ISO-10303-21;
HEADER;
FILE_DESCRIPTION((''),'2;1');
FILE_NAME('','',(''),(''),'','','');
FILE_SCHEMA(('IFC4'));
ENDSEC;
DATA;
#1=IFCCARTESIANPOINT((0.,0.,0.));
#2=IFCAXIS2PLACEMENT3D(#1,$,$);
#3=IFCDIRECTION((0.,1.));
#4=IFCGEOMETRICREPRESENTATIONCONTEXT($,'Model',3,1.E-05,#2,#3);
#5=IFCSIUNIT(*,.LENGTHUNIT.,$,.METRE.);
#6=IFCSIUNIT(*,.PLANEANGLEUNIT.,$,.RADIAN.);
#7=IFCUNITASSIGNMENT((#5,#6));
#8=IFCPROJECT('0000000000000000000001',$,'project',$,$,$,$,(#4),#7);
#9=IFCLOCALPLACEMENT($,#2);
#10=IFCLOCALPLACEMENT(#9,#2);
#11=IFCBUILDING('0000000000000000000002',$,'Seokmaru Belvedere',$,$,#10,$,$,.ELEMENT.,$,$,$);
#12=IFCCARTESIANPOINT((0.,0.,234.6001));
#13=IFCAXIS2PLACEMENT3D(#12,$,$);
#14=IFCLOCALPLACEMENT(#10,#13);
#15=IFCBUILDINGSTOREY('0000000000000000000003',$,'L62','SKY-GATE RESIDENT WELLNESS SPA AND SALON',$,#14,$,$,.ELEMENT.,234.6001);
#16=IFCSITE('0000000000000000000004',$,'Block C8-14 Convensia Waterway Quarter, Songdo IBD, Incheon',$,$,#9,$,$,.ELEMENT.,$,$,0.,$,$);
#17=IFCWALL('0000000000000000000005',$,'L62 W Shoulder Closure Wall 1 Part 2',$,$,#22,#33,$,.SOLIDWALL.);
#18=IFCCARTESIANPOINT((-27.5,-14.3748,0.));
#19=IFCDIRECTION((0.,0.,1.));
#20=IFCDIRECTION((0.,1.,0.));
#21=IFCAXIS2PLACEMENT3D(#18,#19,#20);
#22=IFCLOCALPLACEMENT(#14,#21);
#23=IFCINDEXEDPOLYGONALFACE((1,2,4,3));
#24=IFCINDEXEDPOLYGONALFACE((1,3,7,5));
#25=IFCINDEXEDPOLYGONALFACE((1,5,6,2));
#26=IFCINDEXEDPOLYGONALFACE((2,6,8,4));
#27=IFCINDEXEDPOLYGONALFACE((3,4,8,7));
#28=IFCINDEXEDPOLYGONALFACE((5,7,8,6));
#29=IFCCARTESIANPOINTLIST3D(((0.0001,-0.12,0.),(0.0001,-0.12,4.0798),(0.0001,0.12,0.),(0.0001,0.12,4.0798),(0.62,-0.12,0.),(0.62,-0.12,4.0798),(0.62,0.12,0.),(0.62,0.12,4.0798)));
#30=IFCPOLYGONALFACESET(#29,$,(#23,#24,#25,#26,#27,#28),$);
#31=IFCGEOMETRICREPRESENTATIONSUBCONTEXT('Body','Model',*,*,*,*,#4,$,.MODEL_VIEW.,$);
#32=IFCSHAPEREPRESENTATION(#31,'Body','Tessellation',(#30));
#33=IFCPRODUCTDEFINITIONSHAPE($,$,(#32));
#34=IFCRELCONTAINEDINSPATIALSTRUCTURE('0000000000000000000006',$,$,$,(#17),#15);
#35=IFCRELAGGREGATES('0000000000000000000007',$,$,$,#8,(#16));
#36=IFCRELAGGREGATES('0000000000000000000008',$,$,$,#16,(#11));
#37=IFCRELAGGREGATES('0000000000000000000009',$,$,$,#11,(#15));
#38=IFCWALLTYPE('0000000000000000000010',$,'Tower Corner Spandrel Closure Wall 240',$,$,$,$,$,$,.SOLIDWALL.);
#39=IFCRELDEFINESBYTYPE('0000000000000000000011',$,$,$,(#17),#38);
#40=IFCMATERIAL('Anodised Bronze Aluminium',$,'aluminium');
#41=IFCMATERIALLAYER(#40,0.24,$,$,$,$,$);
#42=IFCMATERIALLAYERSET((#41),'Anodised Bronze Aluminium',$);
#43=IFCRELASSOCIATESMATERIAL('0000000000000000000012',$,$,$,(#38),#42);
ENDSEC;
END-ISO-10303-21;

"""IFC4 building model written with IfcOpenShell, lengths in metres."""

from ifc_helpers import new_model, si_unit, direction, frame, frame_2d, origin, place, context, subcontext, project, spatial, rectangle, extrude, material, layer, layer_set, type_object, element, save


model = new_model("IFC4")

# Units and contexts
model_context = context("Model", 3, precision=1e-05, world=origin(), true_north=direction((0.0, 1.0)))
body_context = subcontext(model_context, "Body", "Model", "MODEL_VIEW")
ifc_project = project(units=[si_unit("LENGTHUNIT", "METRE"), si_unit("PLANEANGLEUNIT", "RADIAN")], contexts=[model_context])

# Site, building, storey
site_placement = place(None, origin())
site = spatial("IfcSite", under=ifc_project, at=site_placement, Name="Block C8-14 Convensia Waterway Quarter, Songdo IBD, Incheon", CompositionType="ELEMENT", RefElevation=0.0)
building_placement = place(site_placement, origin())
building = spatial("IfcBuilding", under=site, at=building_placement, Name="Seokmaru Belvedere", CompositionType="ELEMENT")
storey_placement = place(building_placement, frame((0.0, 0.0, 234.6001)))
storey = spatial("IfcBuildingStorey", under=building, at=storey_placement, Name="L62", Description="SKY-GATE RESIDENT WELLNESS SPA AND SALON", CompositionType="ELEMENT", Elevation=234.6001)

# Shared definitions
ifc_material_1 = material(Name="Anodised Bronze Aluminium", Category="aluminium")

# Wall
ifc_layer_1 = layer(ifc_material_1, 0.24)
ifc_layer_set_1 = layer_set([ifc_layer_1], Name="Anodised Bronze Aluminium")
wall_type_1 = type_object("IfcWallType", Name="Tower Corner Spandrel Closure Wall 240", PredefinedType="SOLIDWALL", material=ifc_layer_set_1)
wall_1_placement = place(storey_placement, frame((-27.5, -14.3748, 0.0), z_axis=(0.0, 0.0, 1.0), x_axis=(0.0, 1.0, 0.0)))
element("IfcWall", 1, at=wall_1_placement, inside=storey, type_object=wall_type_1, Name="L62 W Shoulder Closure Wall 1 Part 2", PredefinedType="SOLIDWALL", context=body_context, shape_type="SweptSolid", body=[
    extrude(rectangle(XDim=0.6199, YDim=0.24, at=frame_2d((0.3101, 0.0))), origin(), (0.0, 0.0, 1.0), 4.0798),
])

save(model, "model.ifc")
